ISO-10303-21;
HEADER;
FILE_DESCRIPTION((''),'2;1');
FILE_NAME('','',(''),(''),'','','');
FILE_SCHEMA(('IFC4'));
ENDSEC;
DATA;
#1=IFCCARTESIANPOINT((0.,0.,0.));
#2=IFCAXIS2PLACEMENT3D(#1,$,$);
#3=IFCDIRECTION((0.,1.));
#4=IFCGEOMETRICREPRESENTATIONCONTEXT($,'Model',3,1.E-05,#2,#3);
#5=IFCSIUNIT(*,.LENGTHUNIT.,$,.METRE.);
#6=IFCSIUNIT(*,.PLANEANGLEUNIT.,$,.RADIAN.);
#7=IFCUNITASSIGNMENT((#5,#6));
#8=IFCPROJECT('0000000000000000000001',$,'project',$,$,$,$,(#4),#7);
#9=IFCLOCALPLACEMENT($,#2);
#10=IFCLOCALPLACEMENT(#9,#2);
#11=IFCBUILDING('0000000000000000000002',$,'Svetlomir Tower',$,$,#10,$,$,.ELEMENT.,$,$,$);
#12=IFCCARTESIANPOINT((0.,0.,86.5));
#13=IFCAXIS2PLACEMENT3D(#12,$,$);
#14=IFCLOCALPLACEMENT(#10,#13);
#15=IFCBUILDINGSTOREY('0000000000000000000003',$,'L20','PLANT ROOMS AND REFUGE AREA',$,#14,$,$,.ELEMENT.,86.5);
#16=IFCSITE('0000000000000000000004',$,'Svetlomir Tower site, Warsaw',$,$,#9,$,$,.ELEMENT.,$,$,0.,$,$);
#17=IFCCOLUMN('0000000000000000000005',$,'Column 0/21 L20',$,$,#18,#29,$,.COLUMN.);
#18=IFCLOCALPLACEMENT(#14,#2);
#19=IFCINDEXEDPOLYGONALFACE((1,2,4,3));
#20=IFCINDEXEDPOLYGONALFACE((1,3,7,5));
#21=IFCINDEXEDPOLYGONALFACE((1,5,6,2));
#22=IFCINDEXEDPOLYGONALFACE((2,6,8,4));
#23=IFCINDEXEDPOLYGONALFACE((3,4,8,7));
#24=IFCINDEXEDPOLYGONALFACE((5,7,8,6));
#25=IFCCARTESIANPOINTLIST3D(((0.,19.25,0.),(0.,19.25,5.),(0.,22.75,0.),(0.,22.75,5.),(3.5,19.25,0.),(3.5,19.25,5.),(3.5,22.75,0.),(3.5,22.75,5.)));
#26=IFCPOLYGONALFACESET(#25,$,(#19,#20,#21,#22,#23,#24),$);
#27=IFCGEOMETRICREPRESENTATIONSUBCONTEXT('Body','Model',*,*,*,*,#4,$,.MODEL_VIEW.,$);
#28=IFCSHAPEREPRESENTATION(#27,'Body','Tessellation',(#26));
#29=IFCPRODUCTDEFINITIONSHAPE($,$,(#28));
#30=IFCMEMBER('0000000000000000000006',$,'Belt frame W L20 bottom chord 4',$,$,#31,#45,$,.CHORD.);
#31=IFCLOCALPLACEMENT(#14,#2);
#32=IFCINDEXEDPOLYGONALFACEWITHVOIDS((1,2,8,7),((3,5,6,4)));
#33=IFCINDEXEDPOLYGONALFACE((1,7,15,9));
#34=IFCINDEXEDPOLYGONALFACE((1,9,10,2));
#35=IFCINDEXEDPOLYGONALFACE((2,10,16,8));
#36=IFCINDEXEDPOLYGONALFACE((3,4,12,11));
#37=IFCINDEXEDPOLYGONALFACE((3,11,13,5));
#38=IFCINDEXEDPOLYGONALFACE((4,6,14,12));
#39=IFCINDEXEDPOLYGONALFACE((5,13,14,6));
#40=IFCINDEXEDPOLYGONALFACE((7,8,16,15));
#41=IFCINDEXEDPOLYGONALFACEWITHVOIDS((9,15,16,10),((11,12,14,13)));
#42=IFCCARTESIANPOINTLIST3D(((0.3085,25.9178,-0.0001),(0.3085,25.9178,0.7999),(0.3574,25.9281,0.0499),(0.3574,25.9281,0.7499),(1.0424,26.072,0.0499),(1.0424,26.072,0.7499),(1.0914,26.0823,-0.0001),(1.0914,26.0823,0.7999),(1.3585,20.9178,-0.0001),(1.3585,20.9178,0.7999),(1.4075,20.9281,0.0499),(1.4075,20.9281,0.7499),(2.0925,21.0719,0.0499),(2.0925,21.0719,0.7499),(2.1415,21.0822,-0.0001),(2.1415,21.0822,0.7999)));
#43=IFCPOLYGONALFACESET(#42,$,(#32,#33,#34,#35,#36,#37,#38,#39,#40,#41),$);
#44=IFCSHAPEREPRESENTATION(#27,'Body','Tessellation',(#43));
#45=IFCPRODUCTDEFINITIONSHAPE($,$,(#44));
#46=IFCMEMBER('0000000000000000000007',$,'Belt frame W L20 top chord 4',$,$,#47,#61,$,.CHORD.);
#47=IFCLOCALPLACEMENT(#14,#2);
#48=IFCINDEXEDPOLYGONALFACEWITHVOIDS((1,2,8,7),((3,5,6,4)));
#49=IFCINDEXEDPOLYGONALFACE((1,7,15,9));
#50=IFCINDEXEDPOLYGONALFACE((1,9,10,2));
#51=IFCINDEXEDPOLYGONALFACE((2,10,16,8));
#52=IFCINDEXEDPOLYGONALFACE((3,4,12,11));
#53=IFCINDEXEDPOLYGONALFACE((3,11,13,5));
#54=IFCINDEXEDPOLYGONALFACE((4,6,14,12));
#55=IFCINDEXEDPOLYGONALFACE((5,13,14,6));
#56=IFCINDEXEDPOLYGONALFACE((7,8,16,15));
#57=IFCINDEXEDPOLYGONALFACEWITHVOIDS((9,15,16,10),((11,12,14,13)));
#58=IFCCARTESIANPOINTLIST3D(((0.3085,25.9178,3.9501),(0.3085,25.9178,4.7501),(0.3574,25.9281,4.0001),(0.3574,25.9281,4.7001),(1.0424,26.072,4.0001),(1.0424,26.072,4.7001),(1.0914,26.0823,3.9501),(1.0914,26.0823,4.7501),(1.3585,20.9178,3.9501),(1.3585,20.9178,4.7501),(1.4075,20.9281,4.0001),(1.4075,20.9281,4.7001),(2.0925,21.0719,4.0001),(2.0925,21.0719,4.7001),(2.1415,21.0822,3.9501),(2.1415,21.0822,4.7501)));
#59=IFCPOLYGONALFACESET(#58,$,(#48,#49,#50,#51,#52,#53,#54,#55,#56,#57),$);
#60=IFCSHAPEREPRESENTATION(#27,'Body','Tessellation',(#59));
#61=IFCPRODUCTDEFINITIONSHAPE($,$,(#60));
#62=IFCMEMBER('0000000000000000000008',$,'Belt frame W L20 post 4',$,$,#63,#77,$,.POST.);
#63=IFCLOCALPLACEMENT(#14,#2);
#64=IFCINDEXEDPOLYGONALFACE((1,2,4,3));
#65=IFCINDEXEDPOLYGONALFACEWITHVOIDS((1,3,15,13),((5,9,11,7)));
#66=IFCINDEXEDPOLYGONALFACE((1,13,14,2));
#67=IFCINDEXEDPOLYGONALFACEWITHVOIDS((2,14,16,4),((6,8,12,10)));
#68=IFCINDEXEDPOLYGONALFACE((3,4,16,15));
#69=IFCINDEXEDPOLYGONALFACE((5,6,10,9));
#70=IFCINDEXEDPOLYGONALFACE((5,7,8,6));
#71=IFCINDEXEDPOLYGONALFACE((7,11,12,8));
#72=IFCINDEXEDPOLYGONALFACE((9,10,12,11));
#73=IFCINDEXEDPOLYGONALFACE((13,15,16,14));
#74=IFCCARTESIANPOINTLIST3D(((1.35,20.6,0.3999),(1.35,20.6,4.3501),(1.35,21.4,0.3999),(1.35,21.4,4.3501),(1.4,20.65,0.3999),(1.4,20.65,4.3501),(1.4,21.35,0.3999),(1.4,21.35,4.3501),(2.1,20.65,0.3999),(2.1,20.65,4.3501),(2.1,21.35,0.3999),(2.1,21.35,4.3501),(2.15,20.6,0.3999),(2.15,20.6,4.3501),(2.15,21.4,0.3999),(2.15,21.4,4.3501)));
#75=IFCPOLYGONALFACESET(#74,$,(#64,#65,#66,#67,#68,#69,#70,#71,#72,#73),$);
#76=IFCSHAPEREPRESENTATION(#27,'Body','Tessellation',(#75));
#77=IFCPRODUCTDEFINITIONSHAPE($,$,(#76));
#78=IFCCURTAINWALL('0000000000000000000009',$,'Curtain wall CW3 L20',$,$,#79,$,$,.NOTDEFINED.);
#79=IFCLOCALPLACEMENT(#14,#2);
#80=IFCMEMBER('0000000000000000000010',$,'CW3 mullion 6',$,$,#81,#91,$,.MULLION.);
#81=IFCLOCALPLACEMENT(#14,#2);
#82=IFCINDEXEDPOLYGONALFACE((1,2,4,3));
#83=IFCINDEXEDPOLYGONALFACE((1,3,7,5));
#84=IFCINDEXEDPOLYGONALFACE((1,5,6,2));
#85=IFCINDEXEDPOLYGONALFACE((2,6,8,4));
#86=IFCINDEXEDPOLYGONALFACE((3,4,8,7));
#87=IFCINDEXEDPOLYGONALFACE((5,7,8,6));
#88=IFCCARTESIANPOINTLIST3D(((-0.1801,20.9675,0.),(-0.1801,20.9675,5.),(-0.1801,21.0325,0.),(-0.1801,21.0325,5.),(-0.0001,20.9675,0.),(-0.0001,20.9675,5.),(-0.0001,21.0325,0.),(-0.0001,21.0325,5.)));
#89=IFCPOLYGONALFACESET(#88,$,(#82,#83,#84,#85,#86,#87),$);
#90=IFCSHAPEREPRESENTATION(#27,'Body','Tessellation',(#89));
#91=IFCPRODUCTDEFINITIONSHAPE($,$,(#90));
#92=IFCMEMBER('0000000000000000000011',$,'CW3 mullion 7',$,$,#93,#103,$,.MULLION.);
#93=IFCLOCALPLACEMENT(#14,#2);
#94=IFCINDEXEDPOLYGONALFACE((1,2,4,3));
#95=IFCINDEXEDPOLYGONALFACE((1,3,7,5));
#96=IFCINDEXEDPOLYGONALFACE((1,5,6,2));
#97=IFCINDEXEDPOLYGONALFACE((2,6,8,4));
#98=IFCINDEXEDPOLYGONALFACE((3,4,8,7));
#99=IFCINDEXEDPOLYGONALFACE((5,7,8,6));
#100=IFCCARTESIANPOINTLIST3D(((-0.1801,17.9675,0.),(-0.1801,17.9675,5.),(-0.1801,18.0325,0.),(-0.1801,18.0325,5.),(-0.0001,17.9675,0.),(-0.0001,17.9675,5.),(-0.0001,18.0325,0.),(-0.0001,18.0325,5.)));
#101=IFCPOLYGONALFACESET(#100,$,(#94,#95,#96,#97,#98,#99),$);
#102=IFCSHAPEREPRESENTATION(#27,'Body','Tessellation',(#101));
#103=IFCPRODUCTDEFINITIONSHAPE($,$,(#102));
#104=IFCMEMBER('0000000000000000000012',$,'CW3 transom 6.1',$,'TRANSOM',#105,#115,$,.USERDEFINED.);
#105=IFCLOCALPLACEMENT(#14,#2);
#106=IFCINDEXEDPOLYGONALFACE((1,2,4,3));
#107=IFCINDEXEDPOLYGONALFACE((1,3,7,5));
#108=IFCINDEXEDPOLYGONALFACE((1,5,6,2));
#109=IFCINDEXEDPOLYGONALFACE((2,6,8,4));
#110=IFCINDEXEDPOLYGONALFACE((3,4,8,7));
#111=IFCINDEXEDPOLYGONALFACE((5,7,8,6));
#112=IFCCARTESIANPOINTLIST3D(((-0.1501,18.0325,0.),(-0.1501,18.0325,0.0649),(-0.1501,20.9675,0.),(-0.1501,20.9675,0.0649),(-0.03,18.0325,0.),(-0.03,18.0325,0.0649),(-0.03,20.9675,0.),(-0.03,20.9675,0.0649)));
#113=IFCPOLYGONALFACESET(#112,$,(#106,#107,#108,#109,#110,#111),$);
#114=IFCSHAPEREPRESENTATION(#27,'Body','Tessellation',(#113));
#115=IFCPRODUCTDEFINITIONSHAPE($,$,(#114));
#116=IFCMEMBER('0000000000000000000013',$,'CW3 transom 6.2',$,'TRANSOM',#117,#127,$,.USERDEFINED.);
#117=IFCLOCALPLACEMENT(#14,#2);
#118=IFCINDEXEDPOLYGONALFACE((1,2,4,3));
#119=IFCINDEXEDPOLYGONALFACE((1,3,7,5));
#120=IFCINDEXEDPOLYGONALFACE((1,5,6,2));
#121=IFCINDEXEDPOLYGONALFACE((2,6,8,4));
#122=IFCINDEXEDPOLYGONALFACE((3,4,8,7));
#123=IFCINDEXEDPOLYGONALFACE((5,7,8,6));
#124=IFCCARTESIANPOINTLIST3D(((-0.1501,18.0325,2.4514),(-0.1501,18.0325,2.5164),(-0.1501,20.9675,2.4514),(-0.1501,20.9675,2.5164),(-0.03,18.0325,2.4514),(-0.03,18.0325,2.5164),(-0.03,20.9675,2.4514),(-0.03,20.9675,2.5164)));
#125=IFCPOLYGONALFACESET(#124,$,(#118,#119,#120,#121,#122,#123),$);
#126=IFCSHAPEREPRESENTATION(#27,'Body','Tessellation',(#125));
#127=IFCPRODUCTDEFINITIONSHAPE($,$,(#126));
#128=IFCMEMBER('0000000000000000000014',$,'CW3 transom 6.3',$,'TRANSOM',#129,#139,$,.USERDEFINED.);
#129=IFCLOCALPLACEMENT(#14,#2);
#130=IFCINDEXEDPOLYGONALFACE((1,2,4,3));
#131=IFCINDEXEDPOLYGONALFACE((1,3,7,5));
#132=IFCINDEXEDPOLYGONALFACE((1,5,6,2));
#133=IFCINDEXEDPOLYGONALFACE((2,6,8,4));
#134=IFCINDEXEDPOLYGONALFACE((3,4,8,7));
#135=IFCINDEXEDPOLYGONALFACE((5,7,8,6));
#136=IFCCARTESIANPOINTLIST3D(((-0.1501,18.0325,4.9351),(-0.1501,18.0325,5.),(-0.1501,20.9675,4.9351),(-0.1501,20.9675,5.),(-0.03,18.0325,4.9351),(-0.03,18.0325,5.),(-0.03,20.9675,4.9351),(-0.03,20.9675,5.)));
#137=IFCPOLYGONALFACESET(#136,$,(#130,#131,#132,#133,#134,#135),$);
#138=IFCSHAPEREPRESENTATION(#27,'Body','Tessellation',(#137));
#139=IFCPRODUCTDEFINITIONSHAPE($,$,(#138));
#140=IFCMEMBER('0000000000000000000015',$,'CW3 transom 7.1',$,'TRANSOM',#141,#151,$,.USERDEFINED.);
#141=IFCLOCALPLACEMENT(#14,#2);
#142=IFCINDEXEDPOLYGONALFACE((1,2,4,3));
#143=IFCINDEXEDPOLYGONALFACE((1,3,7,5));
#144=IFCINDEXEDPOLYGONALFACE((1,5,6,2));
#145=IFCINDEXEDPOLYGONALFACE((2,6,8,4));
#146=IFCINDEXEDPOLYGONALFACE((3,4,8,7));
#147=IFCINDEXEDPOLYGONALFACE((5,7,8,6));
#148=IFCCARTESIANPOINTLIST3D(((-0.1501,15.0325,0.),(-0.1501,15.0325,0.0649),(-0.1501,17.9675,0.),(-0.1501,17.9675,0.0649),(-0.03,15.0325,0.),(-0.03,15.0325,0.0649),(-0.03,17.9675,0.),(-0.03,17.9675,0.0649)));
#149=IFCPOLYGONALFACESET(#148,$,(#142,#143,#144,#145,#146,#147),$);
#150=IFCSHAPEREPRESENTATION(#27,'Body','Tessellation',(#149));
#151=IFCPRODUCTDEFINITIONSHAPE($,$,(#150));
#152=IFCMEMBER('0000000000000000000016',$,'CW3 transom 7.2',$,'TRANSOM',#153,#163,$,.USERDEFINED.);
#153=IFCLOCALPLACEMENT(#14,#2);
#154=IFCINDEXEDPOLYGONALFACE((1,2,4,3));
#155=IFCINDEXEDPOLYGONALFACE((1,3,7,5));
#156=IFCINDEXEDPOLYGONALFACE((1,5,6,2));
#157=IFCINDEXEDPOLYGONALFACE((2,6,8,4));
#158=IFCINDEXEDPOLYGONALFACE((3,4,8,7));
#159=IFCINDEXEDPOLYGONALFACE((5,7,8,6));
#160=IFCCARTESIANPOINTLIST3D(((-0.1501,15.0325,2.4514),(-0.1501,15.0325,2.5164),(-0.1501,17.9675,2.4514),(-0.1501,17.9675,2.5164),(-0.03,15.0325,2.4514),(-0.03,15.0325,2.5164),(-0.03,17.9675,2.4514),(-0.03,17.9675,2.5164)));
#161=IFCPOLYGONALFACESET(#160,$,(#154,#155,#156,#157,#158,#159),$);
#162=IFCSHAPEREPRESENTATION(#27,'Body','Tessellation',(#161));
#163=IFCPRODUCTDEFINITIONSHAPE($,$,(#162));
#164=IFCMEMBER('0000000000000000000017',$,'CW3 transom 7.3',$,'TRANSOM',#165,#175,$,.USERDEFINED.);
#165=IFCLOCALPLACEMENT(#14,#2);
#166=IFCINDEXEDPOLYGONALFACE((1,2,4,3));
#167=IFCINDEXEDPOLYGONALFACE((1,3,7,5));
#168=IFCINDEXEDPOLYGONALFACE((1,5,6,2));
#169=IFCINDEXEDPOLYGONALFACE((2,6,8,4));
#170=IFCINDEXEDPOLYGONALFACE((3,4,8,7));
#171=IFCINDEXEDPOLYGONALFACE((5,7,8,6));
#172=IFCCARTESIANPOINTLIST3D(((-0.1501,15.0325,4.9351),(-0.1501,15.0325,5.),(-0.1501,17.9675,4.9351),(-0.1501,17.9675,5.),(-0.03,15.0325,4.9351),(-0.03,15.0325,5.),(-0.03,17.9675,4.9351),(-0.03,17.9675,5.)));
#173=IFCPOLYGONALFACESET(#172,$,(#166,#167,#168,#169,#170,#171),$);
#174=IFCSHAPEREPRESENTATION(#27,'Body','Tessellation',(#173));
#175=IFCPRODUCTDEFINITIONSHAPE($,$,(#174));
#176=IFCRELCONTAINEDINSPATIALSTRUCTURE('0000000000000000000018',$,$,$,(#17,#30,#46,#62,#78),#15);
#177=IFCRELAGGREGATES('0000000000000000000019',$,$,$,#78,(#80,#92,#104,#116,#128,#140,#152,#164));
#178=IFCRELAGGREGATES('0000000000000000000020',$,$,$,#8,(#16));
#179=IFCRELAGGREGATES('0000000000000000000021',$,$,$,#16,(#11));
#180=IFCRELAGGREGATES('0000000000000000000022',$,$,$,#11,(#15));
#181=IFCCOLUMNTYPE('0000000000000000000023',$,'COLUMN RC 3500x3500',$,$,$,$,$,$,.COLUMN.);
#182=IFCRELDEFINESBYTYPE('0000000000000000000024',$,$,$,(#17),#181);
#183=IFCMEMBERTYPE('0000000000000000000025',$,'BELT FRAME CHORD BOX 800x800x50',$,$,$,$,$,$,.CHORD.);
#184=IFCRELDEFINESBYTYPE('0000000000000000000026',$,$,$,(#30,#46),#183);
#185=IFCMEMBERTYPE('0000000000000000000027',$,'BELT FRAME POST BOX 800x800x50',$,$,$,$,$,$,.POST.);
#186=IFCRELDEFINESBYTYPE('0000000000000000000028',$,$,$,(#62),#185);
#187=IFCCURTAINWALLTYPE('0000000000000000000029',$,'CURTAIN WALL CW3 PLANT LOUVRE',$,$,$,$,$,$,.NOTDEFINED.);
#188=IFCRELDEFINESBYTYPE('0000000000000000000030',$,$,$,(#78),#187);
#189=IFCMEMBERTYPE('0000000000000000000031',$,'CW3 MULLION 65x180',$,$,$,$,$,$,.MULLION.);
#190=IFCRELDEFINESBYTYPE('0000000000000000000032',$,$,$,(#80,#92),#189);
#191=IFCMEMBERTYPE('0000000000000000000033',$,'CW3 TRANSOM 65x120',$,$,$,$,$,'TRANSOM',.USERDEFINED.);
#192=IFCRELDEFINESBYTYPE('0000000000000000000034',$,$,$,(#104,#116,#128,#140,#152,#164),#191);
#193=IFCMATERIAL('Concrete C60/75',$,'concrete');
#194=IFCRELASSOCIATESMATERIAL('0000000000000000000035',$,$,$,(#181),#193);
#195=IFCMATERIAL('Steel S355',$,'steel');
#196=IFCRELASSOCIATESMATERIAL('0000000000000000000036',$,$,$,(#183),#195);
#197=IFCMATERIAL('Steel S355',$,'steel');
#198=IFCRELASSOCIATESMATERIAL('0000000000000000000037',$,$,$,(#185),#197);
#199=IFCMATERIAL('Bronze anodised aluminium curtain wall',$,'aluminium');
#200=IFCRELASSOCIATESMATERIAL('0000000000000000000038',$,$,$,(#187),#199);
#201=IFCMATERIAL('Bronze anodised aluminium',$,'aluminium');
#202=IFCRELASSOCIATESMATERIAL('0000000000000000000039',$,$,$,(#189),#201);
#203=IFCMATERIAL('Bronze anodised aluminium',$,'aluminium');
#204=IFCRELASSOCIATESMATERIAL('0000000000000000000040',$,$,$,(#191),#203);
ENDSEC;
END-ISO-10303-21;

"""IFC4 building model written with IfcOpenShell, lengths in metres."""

from ifc_helpers import new_model, si_unit, direction, frame, origin, origin_2d, place, context, subcontext, project, spatial, rectangle, hollow_rectangle, extrude, material, material_profile, profile_set, type_object, element, aggregate, save


model = new_model("IFC4")

# Units and contexts
model_context = context("Model", 3, precision=1e-05, world=origin(), true_north=direction((0.0, 1.0)))
body_context = subcontext(model_context, "Body", "Model", "MODEL_VIEW")
ifc_project = project(units=[si_unit("LENGTHUNIT", "METRE"), si_unit("PLANEANGLEUNIT", "RADIAN")], contexts=[model_context])

# Site, building, storey
site_placement = place(None, origin())
site = spatial("IfcSite", under=ifc_project, at=site_placement, Name="Svetlomir Tower site, Warsaw", CompositionType="ELEMENT", RefElevation=0.0)
building_placement = place(site_placement, origin())
building = spatial("IfcBuilding", under=site, at=building_placement, Name="Svetlomir Tower", CompositionType="ELEMENT")
storey_placement = place(building_placement, frame((0.0, 0.0, 86.5)))
storey = spatial("IfcBuildingStorey", under=building, at=storey_placement, Name="L20", Description="PLANT ROOMS AND REFUGE AREA", CompositionType="ELEMENT", Elevation=86.5)

# Column
ifc_material_1 = material(Name="Concrete C60/75", Category="concrete")
ifc_material_profile_1 = material_profile(ifc_material_1, rectangle(XDim=3.5, YDim=3.5, at=origin_2d()), Name="RC 3500x3500")
ifc_profile_set_1 = profile_set([ifc_material_profile_1], Name="Concrete C60/75")
column_type = type_object("IfcColumnType", Name="COLUMN RC 3500x3500", PredefinedType="COLUMN", material=ifc_profile_set_1)
column_placement = place(storey_placement, frame((1.75, 21.0, 0.0), z_axis=(0.0, 0.0, 1.0), x_axis=(1.0, 0.0, 0.0)))
element("IfcColumn", 1, at=column_placement, inside=storey, type_object=column_type, Name="Column 0/21 L20", PredefinedType="COLUMN", context=body_context, shape_type="SweptSolid", body=[
    extrude(rectangle(XDim=3.5, YDim=3.5, at=origin_2d()), origin(), (0.0, 0.0, 1.0), 5.0),
])

# Members
ifc_material_2 = material(Name="Steel S355", Category="steel")
ifc_material_profile_2 = material_profile(ifc_material_2, hollow_rectangle(XDim=0.8, YDim=0.8, WallThickness=0.05, at=origin_2d()), Name="BOX 800x800x50")
ifc_profile_set_2 = profile_set([ifc_material_profile_2], Name="Steel S355")
member_type_1 = type_object("IfcMemberType", Name="BELT FRAME CHORD BOX 800x800x50", PredefinedType="CHORD", material=ifc_profile_set_2)
for number, where, z_axis, x_axis, name in (
    (2, (1.75, 21.0, 0.3999), (-0.205526, 0.978652, 0.0), (-0.978652, -0.205526, 0.0), "Belt frame W L20 bottom chord 4"),
    (3, (1.75, 21.0, 4.3501), (-0.205526, 0.978652, 0.0), (-0.978652, -0.205526, 0.0), "Belt frame W L20 top chord 4"),
):
    element("IfcMember", number, at=place(storey_placement, frame(where, z_axis=z_axis, x_axis=x_axis)), inside=storey, type_object=member_type_1, Name=name, PredefinedType="CHORD", context=body_context, shape_type="SweptSolid", body=[
        extrude(hollow_rectangle(XDim=0.8, YDim=0.8, WallThickness=0.05, at=origin_2d()), origin(), (0.0, 0.0, 1.0), 5.1091),
    ])
ifc_material_3 = material(Name="Steel S355", Category="steel")
ifc_material_profile_3 = material_profile(ifc_material_3, hollow_rectangle(XDim=0.8, YDim=0.8, WallThickness=0.05, at=origin_2d()), Name="BOX 800x800x50")
ifc_profile_set_3 = profile_set([ifc_material_profile_3], Name="Steel S355")
member_type_2 = type_object("IfcMemberType", Name="BELT FRAME POST BOX 800x800x50", PredefinedType="POST", material=ifc_profile_set_3)
member_1_placement = place(storey_placement, frame((1.75, 21.0, 0.3999), z_axis=(0.0, 0.0, 1.0), x_axis=(1.0, 0.0, 0.0)))
element("IfcMember", 4, at=member_1_placement, inside=storey, type_object=member_type_2, Name="Belt frame W L20 post 4", PredefinedType="POST", context=body_context, shape_type="SweptSolid", body=[
    extrude(hollow_rectangle(XDim=0.8, YDim=0.8, WallThickness=0.05, at=origin_2d()), origin(), (0.0, 0.0, 1.0), 3.9502),
])

# Curtain wall, members
ifc_material_4 = material(Name="Bronze anodised aluminium curtain wall", Category="aluminium")
curtain_wall_type = type_object("IfcCurtainWallType", Name="CURTAIN WALL CW3 PLANT LOUVRE", PredefinedType="NOTDEFINED", material=ifc_material_4)
curtain_wall_placement = place(storey_placement, origin())
curtain_wall = element("IfcCurtainWall", 5, at=curtain_wall_placement, inside=storey, type_object=curtain_wall_type, Name="Curtain wall CW3 L20", PredefinedType="NOTDEFINED")
ifc_material_5 = material(Name="Bronze anodised aluminium", Category="aluminium")
ifc_material_profile_4 = material_profile(ifc_material_5, rectangle(XDim=0.0649, YDim=0.1799, at=origin_2d()), Name="AL 65x180")
ifc_profile_set_4 = profile_set([ifc_material_profile_4], Name="Bronze anodised aluminium 6063-T6")
member_type_3 = type_object("IfcMemberType", Name="CW3 MULLION 65x180", PredefinedType="MULLION", material=ifc_profile_set_4)
member_2_placement = place(storey_placement, frame((-0.0901, 21.0, 0.0), z_axis=(0.0, 0.0, 1.0), x_axis=(0.0, -1.0, 0.0)))
member_2 = element("IfcMember", 6, at=member_2_placement, type_object=member_type_3, Name="CW3 mullion 6", PredefinedType="MULLION", context=body_context, shape_type="SweptSolid", body=[
    extrude(rectangle(XDim=0.0649, YDim=0.1799, at=origin_2d()), origin(), (0.0, 0.0, 1.0), 5.0),
])
member_3_placement = place(storey_placement, frame((-0.0901, 18.0, 0.0), z_axis=(0.0, 0.0, 1.0), x_axis=(0.0, -1.0, 0.0)))
member_3 = element("IfcMember", 7, at=member_3_placement, type_object=member_type_3, Name="CW3 mullion 7", PredefinedType="MULLION", context=body_context, shape_type="SweptSolid", body=[
    extrude(rectangle(XDim=0.0649, YDim=0.1799, at=origin_2d()), origin(), (0.0, 0.0, 1.0), 5.0),
])
ifc_material_6 = material(Name="Bronze anodised aluminium", Category="aluminium")
ifc_material_profile_5 = material_profile(ifc_material_6, rectangle(XDim=0.1201, YDim=0.0649, at=origin_2d()), Name="AL 120x65")
ifc_profile_set_5 = profile_set([ifc_material_profile_5], Name="Bronze anodised aluminium 6063-T6")
member_type_4 = type_object("IfcMemberType", Name="CW3 TRANSOM 65x120", ElementType="TRANSOM", PredefinedType="USERDEFINED", material=ifc_profile_set_5)
member_4_placement = place(storey_placement, frame((-0.0901, 20.9675, 0.0325), z_axis=(0.0, -1.0, 0.0), x_axis=(1.0, 0.0, 0.0)))
member_4 = element("IfcMember", 8, at=member_4_placement, type_object=member_type_4, Name="CW3 transom 6.1", ObjectType="TRANSOM", PredefinedType="USERDEFINED", context=body_context, shape_type="SweptSolid", body=[
    extrude(rectangle(XDim=0.1201, YDim=0.0649, at=origin_2d()), origin(), (0.0, 0.0, 1.0), 2.9351),
])
member_5_placement = place(storey_placement, frame((-0.0901, 20.9675, 2.4839), z_axis=(0.0, -1.0, 0.0), x_axis=(1.0, 0.0, 0.0)))
member_5 = element("IfcMember", 9, at=member_5_placement, type_object=member_type_4, Name="CW3 transom 6.2", ObjectType="TRANSOM", PredefinedType="USERDEFINED", context=body_context, shape_type="SweptSolid", body=[
    extrude(rectangle(XDim=0.1201, YDim=0.0649, at=origin_2d()), origin(), (0.0, 0.0, 1.0), 2.9351),
])
member_6_placement = place(storey_placement, frame((-0.0901, 20.9675, 4.9675), z_axis=(0.0, -1.0, 0.0), x_axis=(1.0, 0.0, 0.0)))
member_6 = element("IfcMember", 10, at=member_6_placement, type_object=member_type_4, Name="CW3 transom 6.3", ObjectType="TRANSOM", PredefinedType="USERDEFINED", context=body_context, shape_type="SweptSolid", body=[
    extrude(rectangle(XDim=0.1201, YDim=0.0649, at=origin_2d()), origin(), (0.0, 0.0, 1.0), 2.9351),
])
member_7_placement = place(storey_placement, frame((-0.0901, 17.9675, 0.0325), z_axis=(0.0, -1.0, 0.0), x_axis=(1.0, 0.0, 0.0)))
member_7 = element("IfcMember", 11, at=member_7_placement, type_object=member_type_4, Name="CW3 transom 7.1", ObjectType="TRANSOM", PredefinedType="USERDEFINED", context=body_context, shape_type="SweptSolid", body=[
    extrude(rectangle(XDim=0.1201, YDim=0.0649, at=origin_2d()), origin(), (0.0, 0.0, 1.0), 2.9351),
])
member_8_placement = place(storey_placement, frame((-0.0901, 17.9675, 2.4839), z_axis=(0.0, -1.0, 0.0), x_axis=(1.0, 0.0, 0.0)))
member_8 = element("IfcMember", 12, at=member_8_placement, type_object=member_type_4, Name="CW3 transom 7.2", ObjectType="TRANSOM", PredefinedType="USERDEFINED", context=body_context, shape_type="SweptSolid", body=[
    extrude(rectangle(XDim=0.1201, YDim=0.0649, at=origin_2d()), origin(), (0.0, 0.0, 1.0), 2.9351),
])
member_9_placement = place(storey_placement, frame((-0.0901, 17.9675, 4.9675), z_axis=(0.0, -1.0, 0.0), x_axis=(1.0, 0.0, 0.0)))
member_9 = element("IfcMember", 13, at=member_9_placement, type_object=member_type_4, Name="CW3 transom 7.3", ObjectType="TRANSOM", PredefinedType="USERDEFINED", context=body_context, shape_type="SweptSolid", body=[
    extrude(rectangle(XDim=0.1201, YDim=0.0649, at=origin_2d()), origin(), (0.0, 0.0, 1.0), 2.9351),
])

aggregate(curtain_wall, [member_2, member_3, member_4, member_5, member_6, member_7, member_8, member_9])

save(model, "model.ifc")
